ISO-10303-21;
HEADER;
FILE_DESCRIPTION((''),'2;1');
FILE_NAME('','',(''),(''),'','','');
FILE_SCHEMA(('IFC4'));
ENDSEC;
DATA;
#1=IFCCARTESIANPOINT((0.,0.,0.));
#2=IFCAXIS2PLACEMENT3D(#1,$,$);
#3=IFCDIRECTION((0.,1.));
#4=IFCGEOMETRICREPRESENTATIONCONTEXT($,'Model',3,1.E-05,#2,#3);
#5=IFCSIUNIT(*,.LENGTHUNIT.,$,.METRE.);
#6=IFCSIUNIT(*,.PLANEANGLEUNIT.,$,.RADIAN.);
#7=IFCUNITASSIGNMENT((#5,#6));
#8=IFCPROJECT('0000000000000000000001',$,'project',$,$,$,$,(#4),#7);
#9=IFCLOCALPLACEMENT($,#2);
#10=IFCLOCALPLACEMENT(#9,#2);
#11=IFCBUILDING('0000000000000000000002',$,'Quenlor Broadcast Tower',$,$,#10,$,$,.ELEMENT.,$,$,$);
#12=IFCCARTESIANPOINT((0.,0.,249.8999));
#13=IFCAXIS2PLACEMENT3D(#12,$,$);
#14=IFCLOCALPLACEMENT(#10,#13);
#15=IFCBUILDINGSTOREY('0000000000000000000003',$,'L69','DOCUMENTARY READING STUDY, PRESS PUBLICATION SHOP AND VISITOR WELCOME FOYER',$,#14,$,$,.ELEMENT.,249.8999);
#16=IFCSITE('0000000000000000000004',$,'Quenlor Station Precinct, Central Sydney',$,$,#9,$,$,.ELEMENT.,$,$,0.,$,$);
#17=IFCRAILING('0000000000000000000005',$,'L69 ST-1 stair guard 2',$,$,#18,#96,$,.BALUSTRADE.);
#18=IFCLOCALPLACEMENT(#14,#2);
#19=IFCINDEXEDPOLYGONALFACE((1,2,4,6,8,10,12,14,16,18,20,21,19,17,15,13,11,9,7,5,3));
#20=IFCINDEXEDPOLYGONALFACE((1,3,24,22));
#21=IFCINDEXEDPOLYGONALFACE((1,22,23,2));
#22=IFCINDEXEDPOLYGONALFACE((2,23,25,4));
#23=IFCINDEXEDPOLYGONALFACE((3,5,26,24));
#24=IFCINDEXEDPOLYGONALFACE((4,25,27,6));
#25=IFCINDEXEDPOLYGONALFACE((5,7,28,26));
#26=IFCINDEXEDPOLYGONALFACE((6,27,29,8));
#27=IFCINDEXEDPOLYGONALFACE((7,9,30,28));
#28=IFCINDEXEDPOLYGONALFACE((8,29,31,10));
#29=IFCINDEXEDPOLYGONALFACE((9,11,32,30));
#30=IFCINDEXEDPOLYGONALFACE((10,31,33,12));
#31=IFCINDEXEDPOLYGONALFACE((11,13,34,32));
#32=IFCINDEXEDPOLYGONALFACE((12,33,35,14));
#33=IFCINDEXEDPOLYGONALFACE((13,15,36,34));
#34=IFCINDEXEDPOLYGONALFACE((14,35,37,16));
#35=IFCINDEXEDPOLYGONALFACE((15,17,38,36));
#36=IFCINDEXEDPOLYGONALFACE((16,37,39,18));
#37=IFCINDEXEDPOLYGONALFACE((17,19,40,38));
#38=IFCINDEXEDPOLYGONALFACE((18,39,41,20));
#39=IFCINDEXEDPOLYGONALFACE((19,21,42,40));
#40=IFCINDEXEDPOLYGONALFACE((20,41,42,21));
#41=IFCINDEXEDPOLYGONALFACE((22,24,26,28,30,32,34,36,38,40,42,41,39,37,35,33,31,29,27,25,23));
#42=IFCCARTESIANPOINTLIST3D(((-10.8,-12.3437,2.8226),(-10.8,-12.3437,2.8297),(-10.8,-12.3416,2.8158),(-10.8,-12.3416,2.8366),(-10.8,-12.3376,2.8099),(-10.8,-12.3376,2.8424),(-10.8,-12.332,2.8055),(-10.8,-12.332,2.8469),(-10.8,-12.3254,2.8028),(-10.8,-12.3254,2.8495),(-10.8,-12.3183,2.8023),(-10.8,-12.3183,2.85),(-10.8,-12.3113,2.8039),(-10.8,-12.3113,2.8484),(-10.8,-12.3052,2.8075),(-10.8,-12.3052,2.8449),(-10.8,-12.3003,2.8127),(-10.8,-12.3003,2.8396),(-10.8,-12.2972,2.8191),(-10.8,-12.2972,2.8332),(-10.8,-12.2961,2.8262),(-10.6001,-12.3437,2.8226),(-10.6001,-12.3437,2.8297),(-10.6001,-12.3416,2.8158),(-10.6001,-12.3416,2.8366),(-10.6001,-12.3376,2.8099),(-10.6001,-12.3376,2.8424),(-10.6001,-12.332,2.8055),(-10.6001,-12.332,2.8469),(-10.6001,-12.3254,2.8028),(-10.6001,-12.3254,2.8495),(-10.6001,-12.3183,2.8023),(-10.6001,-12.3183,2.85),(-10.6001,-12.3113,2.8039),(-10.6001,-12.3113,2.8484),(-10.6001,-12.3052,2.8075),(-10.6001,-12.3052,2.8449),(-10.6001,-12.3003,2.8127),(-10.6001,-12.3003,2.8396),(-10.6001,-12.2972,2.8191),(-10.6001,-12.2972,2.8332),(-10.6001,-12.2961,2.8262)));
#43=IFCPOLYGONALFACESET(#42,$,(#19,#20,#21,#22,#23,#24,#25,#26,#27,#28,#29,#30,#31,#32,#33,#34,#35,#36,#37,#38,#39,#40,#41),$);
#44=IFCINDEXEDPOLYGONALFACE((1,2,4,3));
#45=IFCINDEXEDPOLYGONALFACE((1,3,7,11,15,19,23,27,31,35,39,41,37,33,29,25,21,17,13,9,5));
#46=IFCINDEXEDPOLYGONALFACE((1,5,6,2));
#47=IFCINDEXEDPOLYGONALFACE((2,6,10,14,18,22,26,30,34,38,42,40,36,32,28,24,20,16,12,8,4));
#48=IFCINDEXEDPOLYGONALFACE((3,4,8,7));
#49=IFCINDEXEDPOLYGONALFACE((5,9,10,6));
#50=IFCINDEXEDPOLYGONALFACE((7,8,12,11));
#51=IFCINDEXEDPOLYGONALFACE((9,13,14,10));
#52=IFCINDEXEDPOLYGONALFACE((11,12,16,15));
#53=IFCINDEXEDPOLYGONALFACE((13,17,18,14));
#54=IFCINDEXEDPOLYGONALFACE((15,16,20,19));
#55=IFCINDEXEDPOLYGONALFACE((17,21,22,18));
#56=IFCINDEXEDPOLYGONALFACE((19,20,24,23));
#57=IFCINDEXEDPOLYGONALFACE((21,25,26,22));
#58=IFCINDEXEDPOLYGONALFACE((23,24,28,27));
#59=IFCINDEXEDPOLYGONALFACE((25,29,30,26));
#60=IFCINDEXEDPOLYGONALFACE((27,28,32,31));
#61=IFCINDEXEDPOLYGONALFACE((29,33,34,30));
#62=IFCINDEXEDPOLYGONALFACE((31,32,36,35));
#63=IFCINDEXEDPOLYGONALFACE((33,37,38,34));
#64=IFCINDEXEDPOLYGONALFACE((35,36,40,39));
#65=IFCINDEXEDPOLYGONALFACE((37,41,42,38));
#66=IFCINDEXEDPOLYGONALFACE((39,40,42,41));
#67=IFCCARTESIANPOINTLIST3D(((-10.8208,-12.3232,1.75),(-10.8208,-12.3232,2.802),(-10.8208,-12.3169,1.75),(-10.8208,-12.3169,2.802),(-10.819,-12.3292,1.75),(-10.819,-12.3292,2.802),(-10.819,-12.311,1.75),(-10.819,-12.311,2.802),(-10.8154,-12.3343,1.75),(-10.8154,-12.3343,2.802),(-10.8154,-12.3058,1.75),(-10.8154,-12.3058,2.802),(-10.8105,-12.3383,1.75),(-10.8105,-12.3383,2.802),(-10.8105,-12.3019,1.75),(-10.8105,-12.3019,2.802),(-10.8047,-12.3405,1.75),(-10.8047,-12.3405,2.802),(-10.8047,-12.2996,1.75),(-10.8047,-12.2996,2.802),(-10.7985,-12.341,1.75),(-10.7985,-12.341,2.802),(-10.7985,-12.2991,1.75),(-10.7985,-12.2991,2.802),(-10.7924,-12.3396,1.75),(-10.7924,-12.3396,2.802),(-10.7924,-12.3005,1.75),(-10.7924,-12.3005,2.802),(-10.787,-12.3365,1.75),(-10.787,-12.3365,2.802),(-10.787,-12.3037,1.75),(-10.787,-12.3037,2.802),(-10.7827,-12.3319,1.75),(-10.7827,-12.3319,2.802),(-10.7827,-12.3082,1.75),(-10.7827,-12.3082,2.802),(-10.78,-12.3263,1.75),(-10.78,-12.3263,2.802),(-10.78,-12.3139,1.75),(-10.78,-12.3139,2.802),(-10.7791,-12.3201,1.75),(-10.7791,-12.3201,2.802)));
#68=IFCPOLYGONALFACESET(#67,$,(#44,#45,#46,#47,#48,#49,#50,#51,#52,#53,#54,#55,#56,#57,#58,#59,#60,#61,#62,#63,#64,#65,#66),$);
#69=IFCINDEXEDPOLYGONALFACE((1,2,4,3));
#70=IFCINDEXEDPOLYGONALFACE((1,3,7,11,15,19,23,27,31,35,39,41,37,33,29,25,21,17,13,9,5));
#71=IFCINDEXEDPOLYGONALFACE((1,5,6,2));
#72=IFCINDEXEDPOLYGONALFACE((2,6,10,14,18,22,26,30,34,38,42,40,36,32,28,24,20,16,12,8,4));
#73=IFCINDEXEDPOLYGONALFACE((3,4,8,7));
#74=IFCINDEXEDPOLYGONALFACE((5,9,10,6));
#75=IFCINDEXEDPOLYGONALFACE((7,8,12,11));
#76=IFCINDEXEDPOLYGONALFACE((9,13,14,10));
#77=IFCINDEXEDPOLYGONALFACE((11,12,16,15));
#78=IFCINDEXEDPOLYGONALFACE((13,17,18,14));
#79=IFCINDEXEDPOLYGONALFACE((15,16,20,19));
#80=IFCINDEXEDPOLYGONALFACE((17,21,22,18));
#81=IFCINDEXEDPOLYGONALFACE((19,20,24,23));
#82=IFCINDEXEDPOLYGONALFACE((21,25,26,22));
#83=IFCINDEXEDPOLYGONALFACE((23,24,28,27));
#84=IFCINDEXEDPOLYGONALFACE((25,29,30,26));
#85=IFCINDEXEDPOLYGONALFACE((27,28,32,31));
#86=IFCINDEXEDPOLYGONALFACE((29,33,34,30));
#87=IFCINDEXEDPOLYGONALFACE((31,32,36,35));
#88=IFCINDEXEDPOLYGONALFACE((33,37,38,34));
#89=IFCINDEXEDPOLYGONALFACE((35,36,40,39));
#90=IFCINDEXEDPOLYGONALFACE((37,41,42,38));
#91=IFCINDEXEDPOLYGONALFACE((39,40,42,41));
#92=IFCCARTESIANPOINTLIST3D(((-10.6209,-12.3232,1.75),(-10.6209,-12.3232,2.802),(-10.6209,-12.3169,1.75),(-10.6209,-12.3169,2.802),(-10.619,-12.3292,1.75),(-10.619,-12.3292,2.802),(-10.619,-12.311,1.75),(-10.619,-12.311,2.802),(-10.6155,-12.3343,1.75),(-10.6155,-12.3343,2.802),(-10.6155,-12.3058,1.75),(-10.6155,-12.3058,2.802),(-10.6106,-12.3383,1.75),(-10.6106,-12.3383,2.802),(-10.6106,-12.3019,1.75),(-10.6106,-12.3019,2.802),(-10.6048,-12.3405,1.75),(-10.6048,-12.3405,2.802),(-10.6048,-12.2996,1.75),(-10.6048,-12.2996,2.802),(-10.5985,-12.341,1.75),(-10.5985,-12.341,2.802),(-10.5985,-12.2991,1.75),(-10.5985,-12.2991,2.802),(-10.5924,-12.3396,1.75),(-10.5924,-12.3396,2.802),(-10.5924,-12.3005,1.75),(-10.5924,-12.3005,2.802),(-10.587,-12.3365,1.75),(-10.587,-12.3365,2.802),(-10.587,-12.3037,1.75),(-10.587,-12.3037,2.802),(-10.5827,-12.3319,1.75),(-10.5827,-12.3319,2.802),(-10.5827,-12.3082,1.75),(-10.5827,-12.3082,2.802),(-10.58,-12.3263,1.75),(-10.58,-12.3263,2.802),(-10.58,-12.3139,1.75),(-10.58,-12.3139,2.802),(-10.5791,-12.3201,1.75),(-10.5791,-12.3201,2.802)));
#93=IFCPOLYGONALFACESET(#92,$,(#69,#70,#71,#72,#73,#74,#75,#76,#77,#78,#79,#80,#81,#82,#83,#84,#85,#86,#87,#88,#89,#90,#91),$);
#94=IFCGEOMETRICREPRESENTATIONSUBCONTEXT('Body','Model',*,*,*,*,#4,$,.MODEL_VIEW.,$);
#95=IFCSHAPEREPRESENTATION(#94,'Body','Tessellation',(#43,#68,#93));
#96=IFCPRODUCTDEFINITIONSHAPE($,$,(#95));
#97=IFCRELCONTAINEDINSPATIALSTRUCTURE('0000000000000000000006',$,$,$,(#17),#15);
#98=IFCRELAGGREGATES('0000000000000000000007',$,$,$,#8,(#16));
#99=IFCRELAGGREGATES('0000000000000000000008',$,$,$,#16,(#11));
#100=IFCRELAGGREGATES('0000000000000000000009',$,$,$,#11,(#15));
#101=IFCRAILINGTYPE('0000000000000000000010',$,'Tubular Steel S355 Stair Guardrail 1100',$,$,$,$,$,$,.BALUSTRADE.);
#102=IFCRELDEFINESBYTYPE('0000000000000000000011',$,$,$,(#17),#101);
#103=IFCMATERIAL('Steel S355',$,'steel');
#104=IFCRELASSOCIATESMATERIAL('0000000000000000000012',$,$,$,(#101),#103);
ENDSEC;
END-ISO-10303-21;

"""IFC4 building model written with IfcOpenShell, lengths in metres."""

from ifc_helpers import new_model, si_unit, direction, frame, origin, origin_2d, place, context, subcontext, project, spatial, circle, extrude, material, type_object, element, save


model = new_model("IFC4")

# Units and contexts
model_context = context("Model", 3, precision=1e-05, world=origin(), true_north=direction((0.0, 1.0)))
body_context = subcontext(model_context, "Body", "Model", "MODEL_VIEW")
ifc_project = project(units=[si_unit("LENGTHUNIT", "METRE"), si_unit("PLANEANGLEUNIT", "RADIAN")], contexts=[model_context])

# Site, building, storey
site_placement = place(None, origin())
site = spatial("IfcSite", under=ifc_project, at=site_placement, Name="Quenlor Station Precinct, Central Sydney", CompositionType="ELEMENT", RefElevation=0.0)
building_placement = place(site_placement, origin())
building = spatial("IfcBuilding", under=site, at=building_placement, Name="Quenlor Broadcast Tower", CompositionType="ELEMENT")
storey_placement = place(building_placement, frame((0.0, 0.0, 249.8999)))
storey = spatial("IfcBuildingStorey", under=building, at=storey_placement, Name="L69", Description="DOCUMENTARY READING STUDY, PRESS PUBLICATION SHOP AND VISITOR WELCOME FOYER", CompositionType="ELEMENT", Elevation=249.8999)

# Railing
ifc_material_1 = material(Name="Steel S355", Category="steel")
railing_type_1 = type_object("IfcRailingType", Name="Tubular Steel S355 Stair Guardrail 1100", PredefinedType="BALUSTRADE", material=ifc_material_1)
railing_1_placement = place(storey_placement, frame((-10.8, -12.3201, 1.75)))
element("IfcRailing", 1, at=railing_1_placement, inside=storey, type_object=railing_type_1, Name="L69 ST-1 stair guard 2", PredefinedType="BALUSTRADE", context=body_context, shape_type="SweptSolid", body=[
    extrude(circle(Radius=0.0239, at=origin_2d()), frame((0.0, 0.0, 1.0762), z_axis=(1.0, 0.0, 0.0), x_axis=(0.0, 1.0, 0.0)), (0.0, 0.0, 1.0), 0.2),
    extrude(circle(Radius=0.021, at=origin_2d()), origin(), (0.0, 0.0, 1.0), 1.052),
    extrude(circle(Radius=0.021, at=origin_2d()), frame((0.2, 0.0, 0.0)), (0.0, 0.0, 1.0), 1.052),
])

save(model, "model.ifc")
